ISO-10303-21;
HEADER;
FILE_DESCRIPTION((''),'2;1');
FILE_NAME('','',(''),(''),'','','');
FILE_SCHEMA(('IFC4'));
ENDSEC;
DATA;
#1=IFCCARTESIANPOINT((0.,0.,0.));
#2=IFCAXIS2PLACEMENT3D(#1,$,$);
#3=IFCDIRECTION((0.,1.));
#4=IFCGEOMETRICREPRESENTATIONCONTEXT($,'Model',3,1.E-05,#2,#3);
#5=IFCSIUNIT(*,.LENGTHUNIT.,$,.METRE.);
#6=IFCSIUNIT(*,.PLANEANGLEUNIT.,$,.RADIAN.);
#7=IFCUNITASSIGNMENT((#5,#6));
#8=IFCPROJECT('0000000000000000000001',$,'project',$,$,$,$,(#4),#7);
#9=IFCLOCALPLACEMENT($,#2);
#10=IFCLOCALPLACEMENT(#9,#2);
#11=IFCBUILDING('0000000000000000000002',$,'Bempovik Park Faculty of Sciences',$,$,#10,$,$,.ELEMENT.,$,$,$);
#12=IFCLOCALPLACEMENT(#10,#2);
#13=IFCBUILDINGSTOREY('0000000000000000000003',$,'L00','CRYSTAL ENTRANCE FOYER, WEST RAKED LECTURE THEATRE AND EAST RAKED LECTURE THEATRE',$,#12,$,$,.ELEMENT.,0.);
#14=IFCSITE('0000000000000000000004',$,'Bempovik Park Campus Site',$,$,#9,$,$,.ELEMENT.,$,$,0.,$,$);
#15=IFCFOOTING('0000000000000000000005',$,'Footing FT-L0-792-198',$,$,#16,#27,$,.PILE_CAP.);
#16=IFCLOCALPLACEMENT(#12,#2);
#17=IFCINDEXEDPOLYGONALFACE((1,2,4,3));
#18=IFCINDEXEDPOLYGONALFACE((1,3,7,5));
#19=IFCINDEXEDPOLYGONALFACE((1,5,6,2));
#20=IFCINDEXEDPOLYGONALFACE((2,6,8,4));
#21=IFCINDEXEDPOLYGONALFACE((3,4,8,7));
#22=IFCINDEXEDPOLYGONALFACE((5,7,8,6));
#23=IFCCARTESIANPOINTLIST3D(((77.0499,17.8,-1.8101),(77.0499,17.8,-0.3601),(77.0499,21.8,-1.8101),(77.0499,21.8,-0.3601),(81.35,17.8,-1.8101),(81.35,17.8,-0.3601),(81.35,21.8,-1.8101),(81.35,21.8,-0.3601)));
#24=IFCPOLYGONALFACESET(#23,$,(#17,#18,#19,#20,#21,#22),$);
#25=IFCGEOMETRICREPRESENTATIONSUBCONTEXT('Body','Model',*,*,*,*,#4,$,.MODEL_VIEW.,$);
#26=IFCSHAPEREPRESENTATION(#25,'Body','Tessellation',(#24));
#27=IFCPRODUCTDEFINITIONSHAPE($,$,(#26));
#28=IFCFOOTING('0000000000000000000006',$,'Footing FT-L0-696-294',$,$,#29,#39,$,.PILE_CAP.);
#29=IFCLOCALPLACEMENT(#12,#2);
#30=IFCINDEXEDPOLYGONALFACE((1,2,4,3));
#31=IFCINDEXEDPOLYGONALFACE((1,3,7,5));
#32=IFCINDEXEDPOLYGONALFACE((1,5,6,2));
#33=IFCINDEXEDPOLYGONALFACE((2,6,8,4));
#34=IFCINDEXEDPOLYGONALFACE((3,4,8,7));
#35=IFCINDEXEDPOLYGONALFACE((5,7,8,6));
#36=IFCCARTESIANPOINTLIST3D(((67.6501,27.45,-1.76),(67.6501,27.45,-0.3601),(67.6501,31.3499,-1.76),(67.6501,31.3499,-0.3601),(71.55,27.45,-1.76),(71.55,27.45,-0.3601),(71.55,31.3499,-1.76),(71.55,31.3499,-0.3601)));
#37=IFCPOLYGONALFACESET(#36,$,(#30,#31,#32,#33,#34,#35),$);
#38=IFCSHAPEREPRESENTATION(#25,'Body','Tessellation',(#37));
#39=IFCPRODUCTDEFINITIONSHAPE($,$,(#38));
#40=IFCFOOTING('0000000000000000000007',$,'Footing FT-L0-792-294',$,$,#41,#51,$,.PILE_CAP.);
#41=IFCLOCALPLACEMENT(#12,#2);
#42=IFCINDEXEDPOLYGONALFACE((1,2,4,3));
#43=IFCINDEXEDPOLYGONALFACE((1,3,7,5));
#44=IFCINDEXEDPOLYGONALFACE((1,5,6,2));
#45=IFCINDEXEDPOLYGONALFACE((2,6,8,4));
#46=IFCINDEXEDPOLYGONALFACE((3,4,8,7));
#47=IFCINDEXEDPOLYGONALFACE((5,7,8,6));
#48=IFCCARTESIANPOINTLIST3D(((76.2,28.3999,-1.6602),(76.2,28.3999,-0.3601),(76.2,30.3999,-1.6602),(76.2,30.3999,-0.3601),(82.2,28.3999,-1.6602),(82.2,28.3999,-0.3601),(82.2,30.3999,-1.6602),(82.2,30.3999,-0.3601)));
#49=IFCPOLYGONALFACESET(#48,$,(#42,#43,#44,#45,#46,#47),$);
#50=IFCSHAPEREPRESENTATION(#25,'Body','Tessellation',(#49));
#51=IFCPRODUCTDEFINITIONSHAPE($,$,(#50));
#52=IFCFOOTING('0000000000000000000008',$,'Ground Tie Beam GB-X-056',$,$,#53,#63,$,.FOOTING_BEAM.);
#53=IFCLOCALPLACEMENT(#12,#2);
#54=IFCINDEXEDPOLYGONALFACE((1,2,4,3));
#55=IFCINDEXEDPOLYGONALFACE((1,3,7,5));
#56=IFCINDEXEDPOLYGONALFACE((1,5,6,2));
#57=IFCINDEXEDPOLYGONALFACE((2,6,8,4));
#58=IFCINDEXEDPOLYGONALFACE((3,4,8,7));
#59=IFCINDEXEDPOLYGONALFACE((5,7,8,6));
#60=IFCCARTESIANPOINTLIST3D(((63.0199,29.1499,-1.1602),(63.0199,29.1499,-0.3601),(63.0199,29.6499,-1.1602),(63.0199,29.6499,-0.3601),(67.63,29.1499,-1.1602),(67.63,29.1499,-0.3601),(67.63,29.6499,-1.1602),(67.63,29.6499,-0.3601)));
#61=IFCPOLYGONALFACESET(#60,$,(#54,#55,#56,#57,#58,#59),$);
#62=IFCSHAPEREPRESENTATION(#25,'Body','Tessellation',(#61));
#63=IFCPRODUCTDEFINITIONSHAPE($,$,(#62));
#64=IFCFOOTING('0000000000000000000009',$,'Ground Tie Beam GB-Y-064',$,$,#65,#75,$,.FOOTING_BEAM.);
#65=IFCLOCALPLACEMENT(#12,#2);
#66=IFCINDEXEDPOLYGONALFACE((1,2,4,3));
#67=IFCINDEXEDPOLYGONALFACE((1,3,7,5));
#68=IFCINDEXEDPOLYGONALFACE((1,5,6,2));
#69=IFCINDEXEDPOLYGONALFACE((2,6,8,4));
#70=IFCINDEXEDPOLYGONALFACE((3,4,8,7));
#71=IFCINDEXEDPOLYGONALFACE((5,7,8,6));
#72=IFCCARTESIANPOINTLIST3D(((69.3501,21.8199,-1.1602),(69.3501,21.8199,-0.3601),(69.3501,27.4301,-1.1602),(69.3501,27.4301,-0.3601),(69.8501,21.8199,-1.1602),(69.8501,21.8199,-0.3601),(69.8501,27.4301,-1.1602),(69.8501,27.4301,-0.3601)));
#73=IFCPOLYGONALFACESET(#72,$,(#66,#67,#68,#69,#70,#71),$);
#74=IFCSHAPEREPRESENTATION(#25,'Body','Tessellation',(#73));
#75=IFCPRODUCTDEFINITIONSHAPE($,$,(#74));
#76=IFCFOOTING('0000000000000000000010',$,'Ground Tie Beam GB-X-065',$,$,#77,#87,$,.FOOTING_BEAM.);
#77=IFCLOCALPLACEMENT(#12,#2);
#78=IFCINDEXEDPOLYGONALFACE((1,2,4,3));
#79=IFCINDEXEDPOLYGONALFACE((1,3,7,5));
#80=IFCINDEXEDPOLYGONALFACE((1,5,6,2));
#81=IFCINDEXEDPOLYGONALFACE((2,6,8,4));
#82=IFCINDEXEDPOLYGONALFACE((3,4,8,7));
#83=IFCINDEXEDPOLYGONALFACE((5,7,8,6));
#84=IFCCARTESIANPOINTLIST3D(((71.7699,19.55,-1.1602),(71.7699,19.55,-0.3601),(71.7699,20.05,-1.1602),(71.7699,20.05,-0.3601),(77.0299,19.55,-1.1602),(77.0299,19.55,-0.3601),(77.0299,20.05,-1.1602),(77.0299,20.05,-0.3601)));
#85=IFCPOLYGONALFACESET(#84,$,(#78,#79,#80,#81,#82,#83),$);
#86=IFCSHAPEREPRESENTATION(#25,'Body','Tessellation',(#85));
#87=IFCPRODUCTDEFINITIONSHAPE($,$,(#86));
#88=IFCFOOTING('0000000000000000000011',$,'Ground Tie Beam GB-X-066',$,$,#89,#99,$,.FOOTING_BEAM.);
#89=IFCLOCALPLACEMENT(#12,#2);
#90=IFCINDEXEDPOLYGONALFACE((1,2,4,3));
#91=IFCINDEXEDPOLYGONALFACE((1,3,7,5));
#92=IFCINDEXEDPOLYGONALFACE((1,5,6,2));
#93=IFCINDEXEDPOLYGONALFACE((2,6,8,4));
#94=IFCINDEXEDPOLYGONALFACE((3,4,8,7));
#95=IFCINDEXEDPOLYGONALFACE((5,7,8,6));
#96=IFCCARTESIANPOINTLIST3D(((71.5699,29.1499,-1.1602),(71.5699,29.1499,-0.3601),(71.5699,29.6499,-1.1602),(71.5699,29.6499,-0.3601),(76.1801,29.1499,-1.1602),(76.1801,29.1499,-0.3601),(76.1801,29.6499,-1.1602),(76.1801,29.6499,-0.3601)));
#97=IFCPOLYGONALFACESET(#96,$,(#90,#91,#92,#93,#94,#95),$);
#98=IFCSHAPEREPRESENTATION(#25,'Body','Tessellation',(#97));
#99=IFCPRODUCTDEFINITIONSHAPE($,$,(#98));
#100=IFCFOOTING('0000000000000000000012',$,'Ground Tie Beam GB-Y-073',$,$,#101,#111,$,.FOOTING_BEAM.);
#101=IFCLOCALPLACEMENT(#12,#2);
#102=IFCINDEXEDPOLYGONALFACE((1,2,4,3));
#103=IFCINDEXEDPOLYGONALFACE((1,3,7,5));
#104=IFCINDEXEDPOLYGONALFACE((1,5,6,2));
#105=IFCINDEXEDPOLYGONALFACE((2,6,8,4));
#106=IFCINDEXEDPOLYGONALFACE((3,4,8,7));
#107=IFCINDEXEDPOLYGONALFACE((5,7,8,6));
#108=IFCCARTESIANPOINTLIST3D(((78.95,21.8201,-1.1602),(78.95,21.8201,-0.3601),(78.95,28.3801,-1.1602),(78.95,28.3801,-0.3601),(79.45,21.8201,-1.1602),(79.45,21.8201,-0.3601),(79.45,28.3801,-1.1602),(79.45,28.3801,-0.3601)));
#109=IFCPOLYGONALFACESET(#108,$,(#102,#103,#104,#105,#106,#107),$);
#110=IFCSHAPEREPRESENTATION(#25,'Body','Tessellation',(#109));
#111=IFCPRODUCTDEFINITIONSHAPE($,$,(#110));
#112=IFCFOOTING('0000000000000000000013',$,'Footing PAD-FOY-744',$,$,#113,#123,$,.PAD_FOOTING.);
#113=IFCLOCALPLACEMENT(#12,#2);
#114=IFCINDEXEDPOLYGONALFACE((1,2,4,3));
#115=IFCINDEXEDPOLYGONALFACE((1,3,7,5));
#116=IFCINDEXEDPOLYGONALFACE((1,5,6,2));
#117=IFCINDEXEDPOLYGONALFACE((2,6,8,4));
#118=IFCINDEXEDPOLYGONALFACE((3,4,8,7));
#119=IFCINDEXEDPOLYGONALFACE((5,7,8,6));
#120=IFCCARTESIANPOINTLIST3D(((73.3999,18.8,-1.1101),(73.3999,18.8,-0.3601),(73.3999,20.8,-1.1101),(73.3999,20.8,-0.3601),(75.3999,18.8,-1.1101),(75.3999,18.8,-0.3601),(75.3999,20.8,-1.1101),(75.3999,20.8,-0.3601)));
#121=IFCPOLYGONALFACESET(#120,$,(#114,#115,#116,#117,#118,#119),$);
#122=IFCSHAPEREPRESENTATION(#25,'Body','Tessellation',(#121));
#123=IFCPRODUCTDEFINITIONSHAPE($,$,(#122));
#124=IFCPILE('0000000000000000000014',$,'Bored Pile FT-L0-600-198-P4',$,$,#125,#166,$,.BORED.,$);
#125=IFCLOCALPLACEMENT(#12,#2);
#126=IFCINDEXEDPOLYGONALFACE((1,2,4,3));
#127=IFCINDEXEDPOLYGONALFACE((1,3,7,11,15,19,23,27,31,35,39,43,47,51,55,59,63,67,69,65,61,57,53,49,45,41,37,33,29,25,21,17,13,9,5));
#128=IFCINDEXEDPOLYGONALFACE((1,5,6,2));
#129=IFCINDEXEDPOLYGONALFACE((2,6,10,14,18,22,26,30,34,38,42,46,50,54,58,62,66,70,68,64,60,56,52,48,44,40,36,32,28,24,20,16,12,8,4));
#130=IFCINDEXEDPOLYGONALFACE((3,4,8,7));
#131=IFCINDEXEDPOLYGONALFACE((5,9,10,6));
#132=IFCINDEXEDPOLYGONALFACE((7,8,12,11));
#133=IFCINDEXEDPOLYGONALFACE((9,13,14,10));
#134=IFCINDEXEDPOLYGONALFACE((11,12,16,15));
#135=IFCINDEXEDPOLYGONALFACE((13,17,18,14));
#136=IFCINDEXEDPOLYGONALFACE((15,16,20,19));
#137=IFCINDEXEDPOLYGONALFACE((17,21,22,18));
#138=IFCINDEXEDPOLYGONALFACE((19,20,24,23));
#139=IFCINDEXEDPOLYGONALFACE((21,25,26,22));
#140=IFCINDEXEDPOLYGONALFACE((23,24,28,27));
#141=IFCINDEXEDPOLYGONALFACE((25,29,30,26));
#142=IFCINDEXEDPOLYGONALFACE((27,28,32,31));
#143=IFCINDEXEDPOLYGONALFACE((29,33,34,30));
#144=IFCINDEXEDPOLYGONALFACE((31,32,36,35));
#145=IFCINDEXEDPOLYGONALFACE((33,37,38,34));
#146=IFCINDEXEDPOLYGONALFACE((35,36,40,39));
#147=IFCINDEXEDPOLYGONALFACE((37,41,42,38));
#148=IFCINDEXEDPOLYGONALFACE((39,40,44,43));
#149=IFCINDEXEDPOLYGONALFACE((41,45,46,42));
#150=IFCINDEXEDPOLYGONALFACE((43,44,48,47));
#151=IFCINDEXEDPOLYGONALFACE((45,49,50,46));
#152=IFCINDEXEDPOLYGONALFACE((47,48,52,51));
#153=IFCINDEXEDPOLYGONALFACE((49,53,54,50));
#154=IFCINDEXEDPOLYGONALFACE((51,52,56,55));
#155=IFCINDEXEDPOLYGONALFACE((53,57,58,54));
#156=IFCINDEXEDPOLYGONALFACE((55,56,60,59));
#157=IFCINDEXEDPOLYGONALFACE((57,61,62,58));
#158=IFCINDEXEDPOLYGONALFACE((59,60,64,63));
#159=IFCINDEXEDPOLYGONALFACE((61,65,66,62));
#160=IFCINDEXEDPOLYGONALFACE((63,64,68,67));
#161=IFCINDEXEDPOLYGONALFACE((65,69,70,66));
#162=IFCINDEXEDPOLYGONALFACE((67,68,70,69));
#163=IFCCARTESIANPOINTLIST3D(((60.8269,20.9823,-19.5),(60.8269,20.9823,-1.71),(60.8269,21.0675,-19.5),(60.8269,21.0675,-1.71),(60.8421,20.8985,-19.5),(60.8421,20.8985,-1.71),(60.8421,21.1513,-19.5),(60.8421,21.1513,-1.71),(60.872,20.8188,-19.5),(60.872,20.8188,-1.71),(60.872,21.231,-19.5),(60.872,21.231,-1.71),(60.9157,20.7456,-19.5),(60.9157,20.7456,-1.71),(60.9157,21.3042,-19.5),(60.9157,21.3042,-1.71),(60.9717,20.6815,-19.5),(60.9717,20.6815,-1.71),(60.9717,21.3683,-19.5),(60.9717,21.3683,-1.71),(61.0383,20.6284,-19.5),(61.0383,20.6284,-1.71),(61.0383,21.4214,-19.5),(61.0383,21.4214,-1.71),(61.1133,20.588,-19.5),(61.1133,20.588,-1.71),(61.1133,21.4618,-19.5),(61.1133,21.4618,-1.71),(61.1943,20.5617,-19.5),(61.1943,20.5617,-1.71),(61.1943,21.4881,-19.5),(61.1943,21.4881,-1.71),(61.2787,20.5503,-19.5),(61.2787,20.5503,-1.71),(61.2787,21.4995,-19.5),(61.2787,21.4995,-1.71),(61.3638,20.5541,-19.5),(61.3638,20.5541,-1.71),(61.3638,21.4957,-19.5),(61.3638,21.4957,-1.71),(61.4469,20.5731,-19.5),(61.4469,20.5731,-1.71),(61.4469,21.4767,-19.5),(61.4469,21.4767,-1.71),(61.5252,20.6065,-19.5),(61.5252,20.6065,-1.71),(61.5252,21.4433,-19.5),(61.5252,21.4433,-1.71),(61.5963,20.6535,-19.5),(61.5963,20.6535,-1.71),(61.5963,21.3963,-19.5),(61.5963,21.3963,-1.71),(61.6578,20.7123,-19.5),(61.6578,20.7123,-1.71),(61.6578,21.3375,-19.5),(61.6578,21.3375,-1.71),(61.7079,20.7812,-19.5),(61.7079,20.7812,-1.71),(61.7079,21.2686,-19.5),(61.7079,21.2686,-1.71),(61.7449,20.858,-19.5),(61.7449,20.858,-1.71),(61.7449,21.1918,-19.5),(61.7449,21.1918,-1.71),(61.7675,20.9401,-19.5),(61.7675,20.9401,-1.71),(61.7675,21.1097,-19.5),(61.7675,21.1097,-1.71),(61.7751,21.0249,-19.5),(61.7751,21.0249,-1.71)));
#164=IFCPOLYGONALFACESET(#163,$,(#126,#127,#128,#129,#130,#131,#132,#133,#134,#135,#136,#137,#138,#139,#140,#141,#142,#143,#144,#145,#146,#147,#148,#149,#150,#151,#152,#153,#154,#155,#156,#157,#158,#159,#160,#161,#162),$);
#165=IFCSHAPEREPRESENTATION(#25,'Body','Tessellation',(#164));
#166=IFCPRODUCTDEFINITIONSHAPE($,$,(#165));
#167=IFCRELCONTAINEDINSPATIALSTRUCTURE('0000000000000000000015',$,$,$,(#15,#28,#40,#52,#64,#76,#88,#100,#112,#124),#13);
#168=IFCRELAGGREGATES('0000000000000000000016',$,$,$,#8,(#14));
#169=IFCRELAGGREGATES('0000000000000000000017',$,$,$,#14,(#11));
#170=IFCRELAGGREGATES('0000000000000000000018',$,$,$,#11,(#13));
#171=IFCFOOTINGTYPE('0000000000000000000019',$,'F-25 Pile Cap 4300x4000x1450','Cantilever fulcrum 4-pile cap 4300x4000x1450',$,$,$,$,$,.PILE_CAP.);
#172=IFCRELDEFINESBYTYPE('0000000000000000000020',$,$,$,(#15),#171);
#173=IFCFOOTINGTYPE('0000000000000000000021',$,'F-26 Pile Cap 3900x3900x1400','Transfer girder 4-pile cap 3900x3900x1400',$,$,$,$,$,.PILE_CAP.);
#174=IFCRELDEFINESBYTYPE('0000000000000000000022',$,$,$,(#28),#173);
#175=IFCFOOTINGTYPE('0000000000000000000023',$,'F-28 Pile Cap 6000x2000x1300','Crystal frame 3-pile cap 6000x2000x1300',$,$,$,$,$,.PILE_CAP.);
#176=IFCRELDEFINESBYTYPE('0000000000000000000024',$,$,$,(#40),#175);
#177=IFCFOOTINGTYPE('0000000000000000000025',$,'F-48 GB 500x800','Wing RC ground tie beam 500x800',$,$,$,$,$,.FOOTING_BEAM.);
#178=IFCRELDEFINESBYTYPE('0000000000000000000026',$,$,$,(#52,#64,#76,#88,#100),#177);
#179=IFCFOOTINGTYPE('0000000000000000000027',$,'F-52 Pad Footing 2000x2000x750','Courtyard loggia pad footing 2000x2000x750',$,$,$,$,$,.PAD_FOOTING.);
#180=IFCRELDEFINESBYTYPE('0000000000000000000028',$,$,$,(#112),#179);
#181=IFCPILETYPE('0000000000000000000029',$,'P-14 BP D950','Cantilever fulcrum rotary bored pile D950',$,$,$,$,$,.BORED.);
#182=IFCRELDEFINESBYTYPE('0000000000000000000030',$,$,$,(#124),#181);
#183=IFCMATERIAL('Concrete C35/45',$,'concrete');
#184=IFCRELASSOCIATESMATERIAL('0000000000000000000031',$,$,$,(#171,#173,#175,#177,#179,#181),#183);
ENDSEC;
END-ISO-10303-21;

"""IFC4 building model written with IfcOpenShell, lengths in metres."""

from ifc_helpers import new_model, si_unit, direction, frame, origin, origin_2d, place, context, subcontext, project, spatial, rectangle, circle, extrude, material, material_profile, profile_set, type_object, element, save


model = new_model("IFC4")

# Units and contexts
model_context = context("Model", 3, precision=1e-05, world=origin(), true_north=direction((0.0, 1.0)))
body_context = subcontext(model_context, "Body", "Model", "MODEL_VIEW")
ifc_project = project(units=[si_unit("LENGTHUNIT", "METRE"), si_unit("PLANEANGLEUNIT", "RADIAN")], contexts=[model_context])

# Site, building, storey
site_placement = place(None, origin())
site = spatial("IfcSite", under=ifc_project, at=site_placement, Name="Bempovik Park Campus Site", CompositionType="ELEMENT", RefElevation=0.0)
building_placement = place(site_placement, origin())
building = spatial("IfcBuilding", under=site, at=building_placement, Name="Bempovik Park Faculty of Sciences", CompositionType="ELEMENT")
storey_placement = place(building_placement, origin())
storey = spatial("IfcBuildingStorey", under=building, at=storey_placement, Name="L00", Description="CRYSTAL ENTRANCE FOYER, WEST RAKED LECTURE THEATRE AND EAST RAKED LECTURE THEATRE", CompositionType="ELEMENT", Elevation=0.0)

# Footings
ifc_material_1 = material(Name="Concrete C35/45", Category="concrete")
footing_type_1 = type_object("IfcFootingType", Name="F-25 Pile Cap 4300x4000x1450", Description="Cantilever fulcrum 4-pile cap 4300x4000x1450", PredefinedType="PILE_CAP", material=ifc_material_1)
footing_1_placement = place(storey_placement, frame((79.2, 19.8, -1.8101), z_axis=(0.0, 0.0, 1.0), x_axis=(1.0, 0.0, 0.0)))
element("IfcFooting", 1, at=footing_1_placement, inside=storey, type_object=footing_type_1, Name="Footing FT-L0-792-198", PredefinedType="PILE_CAP", context=body_context, shape_type="SweptSolid", body=[
    extrude(rectangle(XDim=4.3, YDim=4.0, at=origin_2d()), origin(), (0.0, 0.0, 1.0), 1.45),
])
footing_type_2 = type_object("IfcFootingType", Name="F-26 Pile Cap 3900x3900x1400", Description="Transfer girder 4-pile cap 3900x3900x1400", PredefinedType="PILE_CAP", material=ifc_material_1)
footing_2_placement = place(storey_placement, frame((69.6001, 29.3999, -1.76), z_axis=(0.0, 0.0, 1.0), x_axis=(1.0, 0.0, 0.0)))
element("IfcFooting", 2, at=footing_2_placement, inside=storey, type_object=footing_type_2, Name="Footing FT-L0-696-294", PredefinedType="PILE_CAP", context=body_context, shape_type="SweptSolid", body=[
    extrude(rectangle(XDim=3.8999, YDim=3.8999, at=origin_2d()), origin(), (0.0, 0.0, 1.0), 1.3999),
])
footing_type_3 = type_object("IfcFootingType", Name="F-28 Pile Cap 6000x2000x1300", Description="Crystal frame 3-pile cap 6000x2000x1300", PredefinedType="PILE_CAP", material=ifc_material_1)
footing_3_placement = place(storey_placement, frame((79.2, 29.3999, -1.6602), z_axis=(0.0, 0.0, 1.0), x_axis=(1.0, 0.0, 0.0)))
element("IfcFooting", 3, at=footing_3_placement, inside=storey, type_object=footing_type_3, Name="Footing FT-L0-792-294", PredefinedType="PILE_CAP", context=body_context, shape_type="SweptSolid", body=[
    extrude(rectangle(XDim=6.0, YDim=2.0, at=origin_2d()), origin(), (0.0, 0.0, 1.0), 1.3),
])
footing_type_4 = type_object("IfcFootingType", Name="F-48 GB 500x800", Description="Wing RC ground tie beam 500x800", PredefinedType="FOOTING_BEAM", material=ifc_material_1)
footing_4_placement = place(storey_placement, frame((65.325, 29.3999, -1.1602), z_axis=(0.0, 0.0, 1.0), x_axis=(1.0, 0.0, 0.0)))
element("IfcFooting", 4, at=footing_4_placement, inside=storey, type_object=footing_type_4, Name="Ground Tie Beam GB-X-056", PredefinedType="FOOTING_BEAM", context=body_context, shape_type="SweptSolid", body=[
    extrude(rectangle(XDim=4.6101, YDim=0.5, at=origin_2d()), origin(), (0.0, 0.0, 1.0), 0.8),
])
footing_5_placement = place(storey_placement, frame((69.6001, 24.625, -1.1602), z_axis=(0.0, 0.0, 1.0), x_axis=(1.0, 0.0, 0.0)))
element("IfcFooting", 5, at=footing_5_placement, inside=storey, type_object=footing_type_4, Name="Ground Tie Beam GB-Y-064", PredefinedType="FOOTING_BEAM", context=body_context, shape_type="SweptSolid", body=[
    extrude(rectangle(XDim=0.5, YDim=5.6101, at=origin_2d()), origin(), (0.0, 0.0, 1.0), 0.8),
])
footing_6_placement = place(storey_placement, frame((74.3999, 19.8, -1.1602), z_axis=(0.0, 0.0, 1.0), x_axis=(1.0, 0.0, 0.0)))
element("IfcFooting", 6, at=footing_6_placement, inside=storey, type_object=footing_type_4, Name="Ground Tie Beam GB-X-065", PredefinedType="FOOTING_BEAM", context=body_context, shape_type="SweptSolid", body=[
    extrude(rectangle(XDim=5.26, YDim=0.5, at=origin_2d()), origin(), (0.0, 0.0, 1.0), 0.8),
])
footing_7_placement = place(storey_placement, frame((73.875, 29.3999, -1.1602), z_axis=(0.0, 0.0, 1.0), x_axis=(1.0, 0.0, 0.0)))
element("IfcFooting", 7, at=footing_7_placement, inside=storey, type_object=footing_type_4, Name="Ground Tie Beam GB-X-066", PredefinedType="FOOTING_BEAM", context=body_context, shape_type="SweptSolid", body=[
    extrude(rectangle(XDim=4.6101, YDim=0.5, at=origin_2d()), origin(), (0.0, 0.0, 1.0), 0.8),
])
footing_8_placement = place(storey_placement, frame((79.2, 25.1001, -1.1602), z_axis=(0.0, 0.0, 1.0), x_axis=(1.0, 0.0, 0.0)))
element("IfcFooting", 8, at=footing_8_placement, inside=storey, type_object=footing_type_4, Name="Ground Tie Beam GB-Y-073", PredefinedType="FOOTING_BEAM", context=body_context, shape_type="SweptSolid", body=[
    extrude(rectangle(XDim=0.5, YDim=6.5601, at=origin_2d()), origin(), (0.0, 0.0, 1.0), 0.8),
])
footing_type_5 = type_object("IfcFootingType", Name="F-52 Pad Footing 2000x2000x750", Description="Courtyard loggia pad footing 2000x2000x750", PredefinedType="PAD_FOOTING", material=ifc_material_1)
footing_9_placement = place(storey_placement, frame((74.3999, 19.8, -1.1101), z_axis=(0.0, 0.0, 1.0), x_axis=(1.0, 0.0, 0.0)))
element("IfcFooting", 9, at=footing_9_placement, inside=storey, type_object=footing_type_5, Name="Footing PAD-FOY-744", PredefinedType="PAD_FOOTING", context=body_context, shape_type="SweptSolid", body=[
    extrude(rectangle(XDim=2.0, YDim=2.0, at=origin_2d()), origin(), (0.0, 0.0, 1.0), 0.75),
])

# Pile
ifc_material_profile_1 = material_profile(ifc_material_1, circle(Radius=0.4751, at=origin_2d()), Name="BP D950")
ifc_profile_set_1 = profile_set([ifc_material_profile_1], Name="Concrete C35/45")
pile_type_1 = type_object("IfcPileType", Name="P-14 BP D950", Description="Cantilever fulcrum rotary bored pile D950", PredefinedType="BORED", material=ifc_profile_set_1)
for number, where, z_axis, x_axis, name in (
    (10, (61.3, 21.0249, -1.71), (0.0, 0.0, -1.0), (1.0, 0.0, 0.0), "Bored Pile FT-L0-600-198-P4"),
):
    element("IfcPile", number, at=place(storey_placement, frame(where, z_axis=z_axis, x_axis=x_axis)), inside=storey, type_object=pile_type_1, Name=name, PredefinedType="BORED", context=body_context, shape_type="SweptSolid", body=[
        extrude(circle(Radius=0.4751, at=origin_2d()), origin(), (0.0, 0.0, 1.0), 17.79),
    ])

save(model, "model.ifc")
